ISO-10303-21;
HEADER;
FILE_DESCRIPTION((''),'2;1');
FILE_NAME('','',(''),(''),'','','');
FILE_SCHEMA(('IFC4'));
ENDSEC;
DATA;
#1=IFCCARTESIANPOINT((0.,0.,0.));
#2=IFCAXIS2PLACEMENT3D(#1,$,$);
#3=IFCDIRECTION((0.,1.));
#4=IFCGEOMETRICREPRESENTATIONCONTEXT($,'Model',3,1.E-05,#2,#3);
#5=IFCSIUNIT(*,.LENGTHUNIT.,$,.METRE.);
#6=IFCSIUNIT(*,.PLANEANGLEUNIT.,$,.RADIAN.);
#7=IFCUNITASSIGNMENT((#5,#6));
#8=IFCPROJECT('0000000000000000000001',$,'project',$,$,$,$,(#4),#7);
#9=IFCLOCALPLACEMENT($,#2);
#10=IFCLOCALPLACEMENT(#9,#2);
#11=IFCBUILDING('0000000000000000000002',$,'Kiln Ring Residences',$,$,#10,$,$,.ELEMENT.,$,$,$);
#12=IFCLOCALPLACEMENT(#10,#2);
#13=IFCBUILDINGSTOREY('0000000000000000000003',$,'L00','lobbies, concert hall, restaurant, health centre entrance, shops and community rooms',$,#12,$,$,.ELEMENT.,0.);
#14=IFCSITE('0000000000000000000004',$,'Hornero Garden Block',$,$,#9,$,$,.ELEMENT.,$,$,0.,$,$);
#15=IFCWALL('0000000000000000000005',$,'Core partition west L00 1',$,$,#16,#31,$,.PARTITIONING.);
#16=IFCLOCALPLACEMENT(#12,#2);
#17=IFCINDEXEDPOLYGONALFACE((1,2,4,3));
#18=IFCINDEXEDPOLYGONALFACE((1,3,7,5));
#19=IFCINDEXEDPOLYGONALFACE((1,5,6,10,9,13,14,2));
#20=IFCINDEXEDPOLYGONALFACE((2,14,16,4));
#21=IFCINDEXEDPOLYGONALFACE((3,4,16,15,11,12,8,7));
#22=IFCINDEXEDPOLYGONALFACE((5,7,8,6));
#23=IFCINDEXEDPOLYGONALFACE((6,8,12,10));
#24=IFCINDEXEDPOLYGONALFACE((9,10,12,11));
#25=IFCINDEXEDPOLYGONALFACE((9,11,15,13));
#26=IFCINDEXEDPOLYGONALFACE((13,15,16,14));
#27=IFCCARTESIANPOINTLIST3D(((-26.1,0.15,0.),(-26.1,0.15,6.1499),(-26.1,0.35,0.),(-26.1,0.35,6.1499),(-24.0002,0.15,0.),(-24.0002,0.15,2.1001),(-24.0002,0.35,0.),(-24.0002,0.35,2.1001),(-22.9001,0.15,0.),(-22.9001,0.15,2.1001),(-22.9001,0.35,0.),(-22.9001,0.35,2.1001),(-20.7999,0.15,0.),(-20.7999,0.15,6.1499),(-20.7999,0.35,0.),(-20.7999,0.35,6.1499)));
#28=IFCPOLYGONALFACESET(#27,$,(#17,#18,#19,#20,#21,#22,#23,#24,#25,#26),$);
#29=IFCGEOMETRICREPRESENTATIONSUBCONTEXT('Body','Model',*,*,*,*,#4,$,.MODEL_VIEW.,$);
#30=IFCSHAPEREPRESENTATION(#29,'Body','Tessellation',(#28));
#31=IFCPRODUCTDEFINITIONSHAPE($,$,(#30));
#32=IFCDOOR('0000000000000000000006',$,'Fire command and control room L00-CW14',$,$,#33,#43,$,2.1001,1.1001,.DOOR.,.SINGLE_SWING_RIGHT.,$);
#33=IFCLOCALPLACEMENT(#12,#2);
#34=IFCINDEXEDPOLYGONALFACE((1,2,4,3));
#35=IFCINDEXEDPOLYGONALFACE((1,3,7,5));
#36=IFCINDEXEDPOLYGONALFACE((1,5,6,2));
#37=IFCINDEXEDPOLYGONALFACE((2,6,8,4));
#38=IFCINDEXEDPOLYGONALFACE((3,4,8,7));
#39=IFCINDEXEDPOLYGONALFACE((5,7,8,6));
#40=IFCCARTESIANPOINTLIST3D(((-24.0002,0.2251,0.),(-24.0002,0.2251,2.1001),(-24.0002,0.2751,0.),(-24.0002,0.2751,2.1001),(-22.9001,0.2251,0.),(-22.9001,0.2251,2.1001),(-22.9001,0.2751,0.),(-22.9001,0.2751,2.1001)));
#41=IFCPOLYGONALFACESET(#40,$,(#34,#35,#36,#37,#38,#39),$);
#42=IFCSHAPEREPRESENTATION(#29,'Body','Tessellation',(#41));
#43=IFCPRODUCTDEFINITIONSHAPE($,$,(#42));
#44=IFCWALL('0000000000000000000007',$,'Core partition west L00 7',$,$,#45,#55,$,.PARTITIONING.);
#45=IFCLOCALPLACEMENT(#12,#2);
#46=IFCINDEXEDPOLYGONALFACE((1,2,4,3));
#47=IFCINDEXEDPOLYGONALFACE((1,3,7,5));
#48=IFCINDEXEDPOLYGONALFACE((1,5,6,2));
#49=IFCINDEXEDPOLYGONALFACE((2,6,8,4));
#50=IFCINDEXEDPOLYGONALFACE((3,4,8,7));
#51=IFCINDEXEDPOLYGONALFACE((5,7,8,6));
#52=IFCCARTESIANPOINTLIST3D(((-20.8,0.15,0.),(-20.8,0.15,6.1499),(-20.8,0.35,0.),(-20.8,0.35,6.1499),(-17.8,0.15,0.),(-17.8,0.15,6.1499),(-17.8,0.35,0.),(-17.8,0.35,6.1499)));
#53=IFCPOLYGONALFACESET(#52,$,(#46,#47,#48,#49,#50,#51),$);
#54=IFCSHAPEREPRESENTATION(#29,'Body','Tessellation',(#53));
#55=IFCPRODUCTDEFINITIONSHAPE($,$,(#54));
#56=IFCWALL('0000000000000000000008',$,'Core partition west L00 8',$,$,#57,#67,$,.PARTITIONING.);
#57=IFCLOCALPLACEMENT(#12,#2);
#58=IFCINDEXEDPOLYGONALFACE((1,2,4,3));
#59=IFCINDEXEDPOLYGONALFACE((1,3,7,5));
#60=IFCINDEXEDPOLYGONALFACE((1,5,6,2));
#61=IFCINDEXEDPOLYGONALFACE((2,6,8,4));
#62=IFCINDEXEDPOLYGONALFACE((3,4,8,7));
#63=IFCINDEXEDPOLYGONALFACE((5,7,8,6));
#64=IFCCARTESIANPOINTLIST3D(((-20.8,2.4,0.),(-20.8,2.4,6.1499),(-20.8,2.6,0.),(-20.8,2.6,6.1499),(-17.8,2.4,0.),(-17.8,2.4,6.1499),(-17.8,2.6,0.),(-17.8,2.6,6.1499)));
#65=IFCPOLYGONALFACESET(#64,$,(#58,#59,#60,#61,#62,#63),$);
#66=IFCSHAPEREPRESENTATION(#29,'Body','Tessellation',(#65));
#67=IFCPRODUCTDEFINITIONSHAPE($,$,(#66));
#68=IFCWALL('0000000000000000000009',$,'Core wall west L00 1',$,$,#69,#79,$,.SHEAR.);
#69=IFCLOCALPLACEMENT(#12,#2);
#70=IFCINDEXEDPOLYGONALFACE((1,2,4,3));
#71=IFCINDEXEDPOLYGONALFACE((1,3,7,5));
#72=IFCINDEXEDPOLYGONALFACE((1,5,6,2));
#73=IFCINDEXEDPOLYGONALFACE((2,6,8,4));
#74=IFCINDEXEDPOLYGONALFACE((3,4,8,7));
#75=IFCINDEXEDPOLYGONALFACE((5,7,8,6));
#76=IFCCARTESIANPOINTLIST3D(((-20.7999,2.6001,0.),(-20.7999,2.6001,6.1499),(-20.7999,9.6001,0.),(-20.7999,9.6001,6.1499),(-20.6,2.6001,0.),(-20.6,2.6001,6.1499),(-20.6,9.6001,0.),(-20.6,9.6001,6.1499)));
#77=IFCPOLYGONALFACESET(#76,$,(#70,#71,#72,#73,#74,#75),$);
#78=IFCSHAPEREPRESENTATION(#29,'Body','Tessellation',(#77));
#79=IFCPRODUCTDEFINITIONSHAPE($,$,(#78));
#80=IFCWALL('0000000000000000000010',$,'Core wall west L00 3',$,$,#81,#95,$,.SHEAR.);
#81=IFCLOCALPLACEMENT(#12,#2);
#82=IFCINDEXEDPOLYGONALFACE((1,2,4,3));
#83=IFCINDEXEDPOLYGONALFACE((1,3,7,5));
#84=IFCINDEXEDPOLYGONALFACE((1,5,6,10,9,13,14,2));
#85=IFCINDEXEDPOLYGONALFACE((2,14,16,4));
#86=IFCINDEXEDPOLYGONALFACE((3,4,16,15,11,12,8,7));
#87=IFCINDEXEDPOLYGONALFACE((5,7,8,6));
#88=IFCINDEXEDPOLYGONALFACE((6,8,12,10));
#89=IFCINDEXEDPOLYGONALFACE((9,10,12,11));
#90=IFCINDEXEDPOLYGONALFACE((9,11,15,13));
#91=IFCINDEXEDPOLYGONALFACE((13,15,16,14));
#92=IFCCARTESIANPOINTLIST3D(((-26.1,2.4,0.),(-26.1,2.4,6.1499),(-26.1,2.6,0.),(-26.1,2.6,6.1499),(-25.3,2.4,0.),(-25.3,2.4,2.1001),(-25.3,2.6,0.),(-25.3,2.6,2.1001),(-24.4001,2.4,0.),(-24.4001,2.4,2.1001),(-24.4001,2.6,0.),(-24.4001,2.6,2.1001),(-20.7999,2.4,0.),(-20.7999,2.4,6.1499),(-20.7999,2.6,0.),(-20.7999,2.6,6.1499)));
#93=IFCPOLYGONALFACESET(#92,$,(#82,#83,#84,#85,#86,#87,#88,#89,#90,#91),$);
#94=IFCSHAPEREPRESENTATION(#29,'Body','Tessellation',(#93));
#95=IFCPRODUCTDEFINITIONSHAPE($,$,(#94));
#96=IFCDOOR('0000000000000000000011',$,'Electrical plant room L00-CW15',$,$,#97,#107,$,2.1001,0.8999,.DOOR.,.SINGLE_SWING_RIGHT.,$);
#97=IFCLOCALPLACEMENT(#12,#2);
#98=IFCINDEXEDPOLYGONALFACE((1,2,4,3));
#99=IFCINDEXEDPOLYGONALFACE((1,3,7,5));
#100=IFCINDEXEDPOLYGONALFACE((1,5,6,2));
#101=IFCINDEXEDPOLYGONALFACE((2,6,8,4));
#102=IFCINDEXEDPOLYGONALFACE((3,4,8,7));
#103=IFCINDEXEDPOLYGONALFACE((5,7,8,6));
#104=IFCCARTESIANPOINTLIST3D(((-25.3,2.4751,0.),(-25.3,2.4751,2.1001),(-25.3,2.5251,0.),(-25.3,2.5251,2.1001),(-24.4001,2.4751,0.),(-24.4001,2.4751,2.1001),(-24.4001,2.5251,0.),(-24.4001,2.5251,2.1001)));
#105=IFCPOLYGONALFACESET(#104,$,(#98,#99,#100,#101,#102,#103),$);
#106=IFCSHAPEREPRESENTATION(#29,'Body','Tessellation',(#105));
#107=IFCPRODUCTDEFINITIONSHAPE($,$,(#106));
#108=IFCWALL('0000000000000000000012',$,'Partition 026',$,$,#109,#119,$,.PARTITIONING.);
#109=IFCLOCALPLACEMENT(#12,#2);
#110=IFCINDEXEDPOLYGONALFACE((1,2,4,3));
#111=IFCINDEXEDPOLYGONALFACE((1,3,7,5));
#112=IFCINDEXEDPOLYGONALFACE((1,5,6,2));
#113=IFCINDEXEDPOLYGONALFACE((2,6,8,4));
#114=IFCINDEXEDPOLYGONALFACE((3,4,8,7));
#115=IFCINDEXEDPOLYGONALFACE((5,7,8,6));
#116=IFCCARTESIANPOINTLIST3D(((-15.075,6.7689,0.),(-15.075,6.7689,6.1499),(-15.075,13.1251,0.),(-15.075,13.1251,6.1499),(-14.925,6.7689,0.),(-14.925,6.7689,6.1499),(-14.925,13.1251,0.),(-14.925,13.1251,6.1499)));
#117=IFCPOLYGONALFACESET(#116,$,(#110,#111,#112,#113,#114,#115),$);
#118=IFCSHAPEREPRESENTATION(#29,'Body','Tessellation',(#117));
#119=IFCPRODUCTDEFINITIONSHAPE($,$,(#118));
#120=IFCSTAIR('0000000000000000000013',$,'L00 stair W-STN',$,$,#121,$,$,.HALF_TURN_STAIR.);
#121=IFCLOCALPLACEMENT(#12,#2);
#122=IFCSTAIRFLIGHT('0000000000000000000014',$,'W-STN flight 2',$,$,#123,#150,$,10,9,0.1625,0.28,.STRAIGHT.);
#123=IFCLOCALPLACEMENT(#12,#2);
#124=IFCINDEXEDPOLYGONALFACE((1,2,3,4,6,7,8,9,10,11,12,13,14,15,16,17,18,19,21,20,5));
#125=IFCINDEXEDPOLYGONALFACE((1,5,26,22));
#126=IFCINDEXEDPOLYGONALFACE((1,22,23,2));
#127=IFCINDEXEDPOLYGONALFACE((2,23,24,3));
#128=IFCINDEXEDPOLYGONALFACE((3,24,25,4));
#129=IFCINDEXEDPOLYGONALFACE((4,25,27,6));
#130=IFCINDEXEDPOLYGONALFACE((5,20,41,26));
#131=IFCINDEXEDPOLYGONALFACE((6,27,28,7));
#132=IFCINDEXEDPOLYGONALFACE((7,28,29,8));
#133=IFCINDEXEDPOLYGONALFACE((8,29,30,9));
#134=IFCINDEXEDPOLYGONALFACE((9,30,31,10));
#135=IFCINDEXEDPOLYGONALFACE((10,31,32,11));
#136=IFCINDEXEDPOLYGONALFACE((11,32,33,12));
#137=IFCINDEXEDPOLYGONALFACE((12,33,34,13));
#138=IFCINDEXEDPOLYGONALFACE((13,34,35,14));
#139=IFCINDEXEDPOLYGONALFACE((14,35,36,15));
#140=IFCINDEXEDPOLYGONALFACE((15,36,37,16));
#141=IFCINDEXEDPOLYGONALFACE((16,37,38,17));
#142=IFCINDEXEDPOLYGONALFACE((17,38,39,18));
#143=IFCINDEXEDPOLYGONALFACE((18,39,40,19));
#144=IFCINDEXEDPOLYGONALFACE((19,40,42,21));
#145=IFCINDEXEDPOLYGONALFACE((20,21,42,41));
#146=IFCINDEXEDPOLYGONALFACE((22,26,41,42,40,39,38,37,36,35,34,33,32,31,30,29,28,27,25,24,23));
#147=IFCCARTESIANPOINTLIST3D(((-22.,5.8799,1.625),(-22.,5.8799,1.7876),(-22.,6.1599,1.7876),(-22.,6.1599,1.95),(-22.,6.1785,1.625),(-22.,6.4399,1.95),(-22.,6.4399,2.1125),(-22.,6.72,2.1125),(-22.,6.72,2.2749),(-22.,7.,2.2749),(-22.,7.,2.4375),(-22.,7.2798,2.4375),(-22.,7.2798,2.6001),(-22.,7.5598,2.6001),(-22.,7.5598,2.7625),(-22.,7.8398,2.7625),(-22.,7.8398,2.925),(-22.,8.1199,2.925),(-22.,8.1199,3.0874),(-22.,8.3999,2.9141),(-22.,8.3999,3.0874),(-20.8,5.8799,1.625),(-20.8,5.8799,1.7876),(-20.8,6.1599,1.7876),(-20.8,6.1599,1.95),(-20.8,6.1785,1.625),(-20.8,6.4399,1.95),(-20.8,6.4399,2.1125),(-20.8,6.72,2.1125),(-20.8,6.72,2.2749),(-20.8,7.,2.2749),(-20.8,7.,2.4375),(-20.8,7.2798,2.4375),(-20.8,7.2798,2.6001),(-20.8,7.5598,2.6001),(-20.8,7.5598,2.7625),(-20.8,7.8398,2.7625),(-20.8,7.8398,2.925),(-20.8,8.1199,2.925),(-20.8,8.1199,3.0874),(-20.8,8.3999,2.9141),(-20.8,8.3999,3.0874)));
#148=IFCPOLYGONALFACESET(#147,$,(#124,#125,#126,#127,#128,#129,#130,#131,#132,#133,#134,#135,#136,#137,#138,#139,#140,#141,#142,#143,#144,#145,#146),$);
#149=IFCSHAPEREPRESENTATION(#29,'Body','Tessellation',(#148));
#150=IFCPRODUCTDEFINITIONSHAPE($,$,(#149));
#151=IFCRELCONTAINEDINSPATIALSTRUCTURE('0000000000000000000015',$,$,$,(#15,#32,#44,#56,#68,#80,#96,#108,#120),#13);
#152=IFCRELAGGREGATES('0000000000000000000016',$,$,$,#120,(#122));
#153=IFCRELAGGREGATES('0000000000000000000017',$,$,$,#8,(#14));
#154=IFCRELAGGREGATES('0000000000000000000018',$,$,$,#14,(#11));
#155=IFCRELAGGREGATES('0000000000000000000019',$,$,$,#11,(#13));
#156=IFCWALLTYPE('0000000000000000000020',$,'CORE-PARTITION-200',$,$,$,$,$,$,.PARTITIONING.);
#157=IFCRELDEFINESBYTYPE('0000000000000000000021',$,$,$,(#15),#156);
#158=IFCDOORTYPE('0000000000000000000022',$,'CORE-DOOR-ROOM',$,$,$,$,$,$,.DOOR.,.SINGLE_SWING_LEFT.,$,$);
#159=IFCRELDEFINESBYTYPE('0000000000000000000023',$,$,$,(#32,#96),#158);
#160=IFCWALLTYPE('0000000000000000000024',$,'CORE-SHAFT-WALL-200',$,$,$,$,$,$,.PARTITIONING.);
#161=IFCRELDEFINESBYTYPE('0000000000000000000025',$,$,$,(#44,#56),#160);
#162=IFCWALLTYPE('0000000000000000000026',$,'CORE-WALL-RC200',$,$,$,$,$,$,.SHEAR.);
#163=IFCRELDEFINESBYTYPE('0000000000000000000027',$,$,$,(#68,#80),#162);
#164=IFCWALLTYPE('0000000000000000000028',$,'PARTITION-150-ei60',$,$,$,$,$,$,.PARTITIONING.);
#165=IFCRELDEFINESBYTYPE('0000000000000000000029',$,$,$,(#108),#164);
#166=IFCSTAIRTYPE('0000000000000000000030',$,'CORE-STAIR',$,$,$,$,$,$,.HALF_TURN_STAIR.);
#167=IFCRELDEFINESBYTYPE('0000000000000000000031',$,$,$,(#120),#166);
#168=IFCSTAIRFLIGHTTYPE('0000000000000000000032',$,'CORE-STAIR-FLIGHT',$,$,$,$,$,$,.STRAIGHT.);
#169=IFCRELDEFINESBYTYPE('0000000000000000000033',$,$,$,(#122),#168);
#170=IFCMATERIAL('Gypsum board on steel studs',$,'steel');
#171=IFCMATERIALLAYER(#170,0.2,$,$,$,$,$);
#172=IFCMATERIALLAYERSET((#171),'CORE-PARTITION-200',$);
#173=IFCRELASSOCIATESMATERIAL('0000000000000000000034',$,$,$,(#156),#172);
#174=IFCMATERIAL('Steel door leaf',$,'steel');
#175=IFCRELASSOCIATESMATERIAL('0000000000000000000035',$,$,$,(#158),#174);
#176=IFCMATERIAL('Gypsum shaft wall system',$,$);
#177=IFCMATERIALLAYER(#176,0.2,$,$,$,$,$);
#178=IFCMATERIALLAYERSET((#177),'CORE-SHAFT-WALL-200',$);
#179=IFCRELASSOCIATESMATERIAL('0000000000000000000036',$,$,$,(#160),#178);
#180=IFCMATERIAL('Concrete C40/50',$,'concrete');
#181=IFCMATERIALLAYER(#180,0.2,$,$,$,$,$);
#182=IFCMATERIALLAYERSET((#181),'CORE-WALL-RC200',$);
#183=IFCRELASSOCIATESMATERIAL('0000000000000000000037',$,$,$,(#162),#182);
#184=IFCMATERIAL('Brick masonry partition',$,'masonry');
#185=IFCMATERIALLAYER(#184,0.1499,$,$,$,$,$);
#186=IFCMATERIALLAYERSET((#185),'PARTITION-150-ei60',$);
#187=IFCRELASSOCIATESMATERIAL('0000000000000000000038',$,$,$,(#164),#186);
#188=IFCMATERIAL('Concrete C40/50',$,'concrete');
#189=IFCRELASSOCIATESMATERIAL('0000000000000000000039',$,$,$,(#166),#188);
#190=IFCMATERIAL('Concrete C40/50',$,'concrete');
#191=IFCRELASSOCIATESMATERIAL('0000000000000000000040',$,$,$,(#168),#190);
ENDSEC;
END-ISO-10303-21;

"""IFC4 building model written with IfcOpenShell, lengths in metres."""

from ifc_helpers import new_model, si_unit, direction, frame, frame_2d, origin, place, context, subcontext, project, spatial, polyline, rectangle, outline, extrude, material, layer, layer_set, type_object, element, fill, aggregate, save


model = new_model("IFC4")

# Units and contexts
model_context = context("Model", 3, precision=1e-05, world=origin(), true_north=direction((0.0, 1.0)))
body_context = subcontext(model_context, "Body", "Model", "MODEL_VIEW")
ifc_project = project(units=[si_unit("LENGTHUNIT", "METRE"), si_unit("PLANEANGLEUNIT", "RADIAN")], contexts=[model_context])

# Site, building, storey
site_placement = place(None, origin())
site = spatial("IfcSite", under=ifc_project, at=site_placement, Name="Hornero Garden Block", CompositionType="ELEMENT", RefElevation=0.0)
building_placement = place(site_placement, origin())
building = spatial("IfcBuilding", under=site, at=building_placement, Name="Kiln Ring Residences", CompositionType="ELEMENT")
storey_placement = place(building_placement, origin())
storey = spatial("IfcBuildingStorey", under=building, at=storey_placement, Name="L00", Description="lobbies, concert hall, restaurant, health centre entrance, shops and community rooms", CompositionType="ELEMENT", Elevation=0.0)

# Shared definitions
placement = place(storey_placement, origin())

# Wall, opening, door
ifc_material_1 = material(Name="Gypsum board on steel studs", Category="steel")
ifc_layer_1 = layer(ifc_material_1, 0.2)
ifc_layer_set_1 = layer_set([ifc_layer_1], Name="CORE-PARTITION-200")
wall_type_1 = type_object("IfcWallType", Name="CORE-PARTITION-200", PredefinedType="PARTITIONING", material=ifc_layer_set_1)
wall_1_placement = place(storey_placement, frame((-20.8, 0.25, 0.0), z_axis=(0.0, 0.0, 1.0), x_axis=(-1.0, 0.0, 0.0)))
wall_1 = element("IfcWall", 1, at=wall_1_placement, inside=storey, type_object=wall_type_1, Name="Core partition west L00 1", PredefinedType="PARTITIONING", context=body_context, shape_type="SweptSolid", body=[
    extrude(rectangle(XDim=5.3, YDim=0.2, at=frame_2d((2.6499, 0.0))), origin(), (0.0, 0.0, 1.0), 6.1499),
])
opening_1_placement = place(wall_1_placement, frame((2.1001, 0.0, 0.0)))
opening_1 = element("IfcOpeningElement", 2, at=opening_1_placement, cuts=wall_1, PredefinedType="OPENING", context=body_context, shape_type="SweptSolid", body=[
    extrude(rectangle(XDim=1.1001, YDim=2.1001, at=frame_2d((0.55, 1.05))), frame((0.0, 0.1099, 0.0), z_axis=(0.0, -1.0, 0.0), x_axis=(1.0, 0.0, 0.0)), (0.0, 0.0, 1.0), 0.22),
])
ifc_material_2 = material(Name="Steel door leaf", Category="steel")
door_type = type_object("IfcDoorType", Name="CORE-DOOR-ROOM", OperationType="SINGLE_SWING_LEFT", PredefinedType="DOOR", material=ifc_material_2)
door_1_placement = place(opening_1_placement, origin())
door_1 = element("IfcDoor", 3, at=door_1_placement, inside=storey, type_object=door_type, Name="Fire command and control room L00-CW14", OperationType="SINGLE_SWING_RIGHT", OverallHeight=2.1001, OverallWidth=1.1001, PredefinedType="DOOR", context=body_context, shape_type="SweptSolid", body=[
    extrude(rectangle(XDim=1.1001, YDim=2.1001, at=frame_2d((0.55, 1.05))), frame((0.0, 0.0249, 0.0), z_axis=(0.0, -1.0, 0.0), x_axis=(1.0, 0.0, 0.0)), (0.0, 0.0, 1.0), 0.05),
])
fill(opening_1, door_1)

# Walls
ifc_material_3 = material(Name="Gypsum shaft wall system")
ifc_layer_2 = layer(ifc_material_3, 0.2)
ifc_layer_set_2 = layer_set([ifc_layer_2], Name="CORE-SHAFT-WALL-200")
wall_type_2 = type_object("IfcWallType", Name="CORE-SHAFT-WALL-200", PredefinedType="PARTITIONING", material=ifc_layer_set_2)
for number, where, z_axis, x_axis, name in (
    (4, (-17.8, 0.25, 0.0), (0.0, 0.0, 1.0), (-1.0, 0.0, 0.0), "Core partition west L00 7"),
    (5, (-17.8, 2.5, 0.0), (0.0, 0.0, 1.0), (-1.0, 0.0, 0.0), "Core partition west L00 8"),
):
    element("IfcWall", number, at=place(storey_placement, frame(where, z_axis=z_axis, x_axis=x_axis)), inside=storey, type_object=wall_type_2, Name=name, PredefinedType="PARTITIONING", context=body_context, shape_type="SweptSolid", body=[
        extrude(rectangle(XDim=3.0, YDim=0.2, at=frame_2d((1.5, 0.0))), origin(), (0.0, 0.0, 1.0), 6.1499),
    ])
ifc_material_4 = material(Name="Concrete C40/50", Category="concrete")
ifc_layer_3 = layer(ifc_material_4, 0.2)
ifc_layer_set_3 = layer_set([ifc_layer_3], Name="CORE-WALL-RC200")
wall_type_3 = type_object("IfcWallType", Name="CORE-WALL-RC200", PredefinedType="SHEAR", material=ifc_layer_set_3)
wall_2_placement = place(storey_placement, frame((-20.7, 2.6001, 0.0), z_axis=(0.0, 0.0, 1.0), x_axis=(0.0, 1.0, 0.0)))
element("IfcWall", 6, at=wall_2_placement, inside=storey, type_object=wall_type_3, Name="Core wall west L00 1", PredefinedType="SHEAR", context=body_context, shape_type="SweptSolid", body=[
    extrude(rectangle(XDim=7.0, YDim=0.2, at=frame_2d((3.5, 0.0))), origin(), (0.0, 0.0, 1.0), 6.1499),
])

# Wall, opening, door
wall_3_placement = place(storey_placement, frame((-20.8, 2.5, 0.0), z_axis=(0.0, 0.0, 1.0), x_axis=(-1.0, 0.0, 0.0)))
wall_3 = element("IfcWall", 7, at=wall_3_placement, inside=storey, type_object=wall_type_3, Name="Core wall west L00 3", PredefinedType="SHEAR", context=body_context, shape_type="SweptSolid", body=[
    extrude(rectangle(XDim=5.3, YDim=0.2, at=frame_2d((2.6499, 0.0))), origin(), (0.0, 0.0, 1.0), 6.1499),
])
opening_2_placement = place(wall_3_placement, frame((3.6001, 0.0, 0.0)))
opening_2 = element("IfcOpeningElement", 8, at=opening_2_placement, cuts=wall_3, PredefinedType="OPENING", context=body_context, shape_type="SweptSolid", body=[
    extrude(rectangle(XDim=0.8999, YDim=2.1001, at=frame_2d((0.45, 1.05))), frame((0.0, 0.1099, 0.0), z_axis=(0.0, -1.0, 0.0), x_axis=(1.0, 0.0, 0.0)), (0.0, 0.0, 1.0), 0.22),
])
door_2_placement = place(opening_2_placement, origin())
door_2 = element("IfcDoor", 9, at=door_2_placement, inside=storey, type_object=door_type, Name="Electrical plant room L00-CW15", OperationType="SINGLE_SWING_RIGHT", OverallHeight=2.1001, OverallWidth=0.8999, PredefinedType="DOOR", context=body_context, shape_type="SweptSolid", body=[
    extrude(rectangle(XDim=0.8999, YDim=2.1001, at=frame_2d((0.45, 1.05))), frame((0.0, 0.0249, 0.0), z_axis=(0.0, -1.0, 0.0), x_axis=(1.0, 0.0, 0.0)), (0.0, 0.0, 1.0), 0.05),
])
fill(opening_2, door_2)

# Wall
ifc_material_5 = material(Name="Brick masonry partition", Category="masonry")
ifc_layer_4 = layer(ifc_material_5, 0.1499)
ifc_layer_set_4 = layer_set([ifc_layer_4], Name="PARTITION-150-ei60")
wall_type_4 = type_object("IfcWallType", Name="PARTITION-150-ei60", PredefinedType="PARTITIONING", material=ifc_layer_set_4)
wall_4_placement = place(storey_placement, frame((-15.0, 6.7688, 0.0), z_axis=(0.0, 0.0, 1.0), x_axis=(0.0, 1.0, 0.0)))
element("IfcWall", 10, at=wall_4_placement, inside=storey, type_object=wall_type_4, Name="Partition 026", PredefinedType="PARTITIONING", context=body_context, shape_type="SweptSolid", body=[
    extrude(rectangle(XDim=6.3562, YDim=0.1499, at=frame_2d((3.1782, 0.0))), origin(), (0.0, 0.0, 1.0), 6.1499),
])

# Stair, stair flight
ifc_material_6 = material(Name="Concrete C40/50", Category="concrete")
stair_type = type_object("IfcStairType", Name="CORE-STAIR", PredefinedType="HALF_TURN_STAIR", material=ifc_material_6)
stair = element("IfcStair", 11, at=placement, inside=storey, type_object=stair_type, Name="L00 stair W-STN", PredefinedType="HALF_TURN_STAIR")
ifc_material_7 = material(Name="Concrete C40/50", Category="concrete")
stair_flight_type = type_object("IfcStairFlightType", Name="CORE-STAIR-FLIGHT", PredefinedType="STRAIGHT", material=ifc_material_7)
stair_flight_1_placement = place(storey_placement, frame((-21.3999, 5.8799, 1.625), z_axis=(0.0, 0.0, 1.0), x_axis=(0.0, 1.0, 0.0)))
stair_flight_1 = element("IfcStairFlight", 12, at=stair_flight_1_placement, type_object=stair_flight_type, Name="W-STN flight 2", NumberOfRisers=10, NumberOfTreads=9, PredefinedType="STRAIGHT", RiserHeight=0.1625, TreadLength=0.28, context=body_context, shape_type="SweptSolid", body=[
    extrude(outline(polyline([(0.0, 0.0), (0.0, 0.1626), (0.28, 0.1626), (0.28, 0.325), (0.5601, 0.325), (0.5601, 0.4875), (0.8401, 0.4875), (0.8401, 0.6499), (1.1201, 0.6499), (1.1201, 0.8125), (1.3999, 0.8125), (1.3999, 0.9751), (1.6799, 0.9751), (1.6799, 1.1375), (1.96, 1.1375), (1.96, 1.3), (2.24, 1.3), (2.24, 1.4624), (2.52, 1.4624), (2.52, 1.625), (2.52, 1.2891), (0.2986, 0.0), (0.0, 0.0)])), frame((0.0, 0.6001, 0.0), z_axis=(0.0, -1.0, 0.0), x_axis=(1.0, 0.0, 0.0)), (0.0, 0.0, 1.0), 1.2),
])
aggregate(stair, [stair_flight_1])

save(model, "model.ifc")
